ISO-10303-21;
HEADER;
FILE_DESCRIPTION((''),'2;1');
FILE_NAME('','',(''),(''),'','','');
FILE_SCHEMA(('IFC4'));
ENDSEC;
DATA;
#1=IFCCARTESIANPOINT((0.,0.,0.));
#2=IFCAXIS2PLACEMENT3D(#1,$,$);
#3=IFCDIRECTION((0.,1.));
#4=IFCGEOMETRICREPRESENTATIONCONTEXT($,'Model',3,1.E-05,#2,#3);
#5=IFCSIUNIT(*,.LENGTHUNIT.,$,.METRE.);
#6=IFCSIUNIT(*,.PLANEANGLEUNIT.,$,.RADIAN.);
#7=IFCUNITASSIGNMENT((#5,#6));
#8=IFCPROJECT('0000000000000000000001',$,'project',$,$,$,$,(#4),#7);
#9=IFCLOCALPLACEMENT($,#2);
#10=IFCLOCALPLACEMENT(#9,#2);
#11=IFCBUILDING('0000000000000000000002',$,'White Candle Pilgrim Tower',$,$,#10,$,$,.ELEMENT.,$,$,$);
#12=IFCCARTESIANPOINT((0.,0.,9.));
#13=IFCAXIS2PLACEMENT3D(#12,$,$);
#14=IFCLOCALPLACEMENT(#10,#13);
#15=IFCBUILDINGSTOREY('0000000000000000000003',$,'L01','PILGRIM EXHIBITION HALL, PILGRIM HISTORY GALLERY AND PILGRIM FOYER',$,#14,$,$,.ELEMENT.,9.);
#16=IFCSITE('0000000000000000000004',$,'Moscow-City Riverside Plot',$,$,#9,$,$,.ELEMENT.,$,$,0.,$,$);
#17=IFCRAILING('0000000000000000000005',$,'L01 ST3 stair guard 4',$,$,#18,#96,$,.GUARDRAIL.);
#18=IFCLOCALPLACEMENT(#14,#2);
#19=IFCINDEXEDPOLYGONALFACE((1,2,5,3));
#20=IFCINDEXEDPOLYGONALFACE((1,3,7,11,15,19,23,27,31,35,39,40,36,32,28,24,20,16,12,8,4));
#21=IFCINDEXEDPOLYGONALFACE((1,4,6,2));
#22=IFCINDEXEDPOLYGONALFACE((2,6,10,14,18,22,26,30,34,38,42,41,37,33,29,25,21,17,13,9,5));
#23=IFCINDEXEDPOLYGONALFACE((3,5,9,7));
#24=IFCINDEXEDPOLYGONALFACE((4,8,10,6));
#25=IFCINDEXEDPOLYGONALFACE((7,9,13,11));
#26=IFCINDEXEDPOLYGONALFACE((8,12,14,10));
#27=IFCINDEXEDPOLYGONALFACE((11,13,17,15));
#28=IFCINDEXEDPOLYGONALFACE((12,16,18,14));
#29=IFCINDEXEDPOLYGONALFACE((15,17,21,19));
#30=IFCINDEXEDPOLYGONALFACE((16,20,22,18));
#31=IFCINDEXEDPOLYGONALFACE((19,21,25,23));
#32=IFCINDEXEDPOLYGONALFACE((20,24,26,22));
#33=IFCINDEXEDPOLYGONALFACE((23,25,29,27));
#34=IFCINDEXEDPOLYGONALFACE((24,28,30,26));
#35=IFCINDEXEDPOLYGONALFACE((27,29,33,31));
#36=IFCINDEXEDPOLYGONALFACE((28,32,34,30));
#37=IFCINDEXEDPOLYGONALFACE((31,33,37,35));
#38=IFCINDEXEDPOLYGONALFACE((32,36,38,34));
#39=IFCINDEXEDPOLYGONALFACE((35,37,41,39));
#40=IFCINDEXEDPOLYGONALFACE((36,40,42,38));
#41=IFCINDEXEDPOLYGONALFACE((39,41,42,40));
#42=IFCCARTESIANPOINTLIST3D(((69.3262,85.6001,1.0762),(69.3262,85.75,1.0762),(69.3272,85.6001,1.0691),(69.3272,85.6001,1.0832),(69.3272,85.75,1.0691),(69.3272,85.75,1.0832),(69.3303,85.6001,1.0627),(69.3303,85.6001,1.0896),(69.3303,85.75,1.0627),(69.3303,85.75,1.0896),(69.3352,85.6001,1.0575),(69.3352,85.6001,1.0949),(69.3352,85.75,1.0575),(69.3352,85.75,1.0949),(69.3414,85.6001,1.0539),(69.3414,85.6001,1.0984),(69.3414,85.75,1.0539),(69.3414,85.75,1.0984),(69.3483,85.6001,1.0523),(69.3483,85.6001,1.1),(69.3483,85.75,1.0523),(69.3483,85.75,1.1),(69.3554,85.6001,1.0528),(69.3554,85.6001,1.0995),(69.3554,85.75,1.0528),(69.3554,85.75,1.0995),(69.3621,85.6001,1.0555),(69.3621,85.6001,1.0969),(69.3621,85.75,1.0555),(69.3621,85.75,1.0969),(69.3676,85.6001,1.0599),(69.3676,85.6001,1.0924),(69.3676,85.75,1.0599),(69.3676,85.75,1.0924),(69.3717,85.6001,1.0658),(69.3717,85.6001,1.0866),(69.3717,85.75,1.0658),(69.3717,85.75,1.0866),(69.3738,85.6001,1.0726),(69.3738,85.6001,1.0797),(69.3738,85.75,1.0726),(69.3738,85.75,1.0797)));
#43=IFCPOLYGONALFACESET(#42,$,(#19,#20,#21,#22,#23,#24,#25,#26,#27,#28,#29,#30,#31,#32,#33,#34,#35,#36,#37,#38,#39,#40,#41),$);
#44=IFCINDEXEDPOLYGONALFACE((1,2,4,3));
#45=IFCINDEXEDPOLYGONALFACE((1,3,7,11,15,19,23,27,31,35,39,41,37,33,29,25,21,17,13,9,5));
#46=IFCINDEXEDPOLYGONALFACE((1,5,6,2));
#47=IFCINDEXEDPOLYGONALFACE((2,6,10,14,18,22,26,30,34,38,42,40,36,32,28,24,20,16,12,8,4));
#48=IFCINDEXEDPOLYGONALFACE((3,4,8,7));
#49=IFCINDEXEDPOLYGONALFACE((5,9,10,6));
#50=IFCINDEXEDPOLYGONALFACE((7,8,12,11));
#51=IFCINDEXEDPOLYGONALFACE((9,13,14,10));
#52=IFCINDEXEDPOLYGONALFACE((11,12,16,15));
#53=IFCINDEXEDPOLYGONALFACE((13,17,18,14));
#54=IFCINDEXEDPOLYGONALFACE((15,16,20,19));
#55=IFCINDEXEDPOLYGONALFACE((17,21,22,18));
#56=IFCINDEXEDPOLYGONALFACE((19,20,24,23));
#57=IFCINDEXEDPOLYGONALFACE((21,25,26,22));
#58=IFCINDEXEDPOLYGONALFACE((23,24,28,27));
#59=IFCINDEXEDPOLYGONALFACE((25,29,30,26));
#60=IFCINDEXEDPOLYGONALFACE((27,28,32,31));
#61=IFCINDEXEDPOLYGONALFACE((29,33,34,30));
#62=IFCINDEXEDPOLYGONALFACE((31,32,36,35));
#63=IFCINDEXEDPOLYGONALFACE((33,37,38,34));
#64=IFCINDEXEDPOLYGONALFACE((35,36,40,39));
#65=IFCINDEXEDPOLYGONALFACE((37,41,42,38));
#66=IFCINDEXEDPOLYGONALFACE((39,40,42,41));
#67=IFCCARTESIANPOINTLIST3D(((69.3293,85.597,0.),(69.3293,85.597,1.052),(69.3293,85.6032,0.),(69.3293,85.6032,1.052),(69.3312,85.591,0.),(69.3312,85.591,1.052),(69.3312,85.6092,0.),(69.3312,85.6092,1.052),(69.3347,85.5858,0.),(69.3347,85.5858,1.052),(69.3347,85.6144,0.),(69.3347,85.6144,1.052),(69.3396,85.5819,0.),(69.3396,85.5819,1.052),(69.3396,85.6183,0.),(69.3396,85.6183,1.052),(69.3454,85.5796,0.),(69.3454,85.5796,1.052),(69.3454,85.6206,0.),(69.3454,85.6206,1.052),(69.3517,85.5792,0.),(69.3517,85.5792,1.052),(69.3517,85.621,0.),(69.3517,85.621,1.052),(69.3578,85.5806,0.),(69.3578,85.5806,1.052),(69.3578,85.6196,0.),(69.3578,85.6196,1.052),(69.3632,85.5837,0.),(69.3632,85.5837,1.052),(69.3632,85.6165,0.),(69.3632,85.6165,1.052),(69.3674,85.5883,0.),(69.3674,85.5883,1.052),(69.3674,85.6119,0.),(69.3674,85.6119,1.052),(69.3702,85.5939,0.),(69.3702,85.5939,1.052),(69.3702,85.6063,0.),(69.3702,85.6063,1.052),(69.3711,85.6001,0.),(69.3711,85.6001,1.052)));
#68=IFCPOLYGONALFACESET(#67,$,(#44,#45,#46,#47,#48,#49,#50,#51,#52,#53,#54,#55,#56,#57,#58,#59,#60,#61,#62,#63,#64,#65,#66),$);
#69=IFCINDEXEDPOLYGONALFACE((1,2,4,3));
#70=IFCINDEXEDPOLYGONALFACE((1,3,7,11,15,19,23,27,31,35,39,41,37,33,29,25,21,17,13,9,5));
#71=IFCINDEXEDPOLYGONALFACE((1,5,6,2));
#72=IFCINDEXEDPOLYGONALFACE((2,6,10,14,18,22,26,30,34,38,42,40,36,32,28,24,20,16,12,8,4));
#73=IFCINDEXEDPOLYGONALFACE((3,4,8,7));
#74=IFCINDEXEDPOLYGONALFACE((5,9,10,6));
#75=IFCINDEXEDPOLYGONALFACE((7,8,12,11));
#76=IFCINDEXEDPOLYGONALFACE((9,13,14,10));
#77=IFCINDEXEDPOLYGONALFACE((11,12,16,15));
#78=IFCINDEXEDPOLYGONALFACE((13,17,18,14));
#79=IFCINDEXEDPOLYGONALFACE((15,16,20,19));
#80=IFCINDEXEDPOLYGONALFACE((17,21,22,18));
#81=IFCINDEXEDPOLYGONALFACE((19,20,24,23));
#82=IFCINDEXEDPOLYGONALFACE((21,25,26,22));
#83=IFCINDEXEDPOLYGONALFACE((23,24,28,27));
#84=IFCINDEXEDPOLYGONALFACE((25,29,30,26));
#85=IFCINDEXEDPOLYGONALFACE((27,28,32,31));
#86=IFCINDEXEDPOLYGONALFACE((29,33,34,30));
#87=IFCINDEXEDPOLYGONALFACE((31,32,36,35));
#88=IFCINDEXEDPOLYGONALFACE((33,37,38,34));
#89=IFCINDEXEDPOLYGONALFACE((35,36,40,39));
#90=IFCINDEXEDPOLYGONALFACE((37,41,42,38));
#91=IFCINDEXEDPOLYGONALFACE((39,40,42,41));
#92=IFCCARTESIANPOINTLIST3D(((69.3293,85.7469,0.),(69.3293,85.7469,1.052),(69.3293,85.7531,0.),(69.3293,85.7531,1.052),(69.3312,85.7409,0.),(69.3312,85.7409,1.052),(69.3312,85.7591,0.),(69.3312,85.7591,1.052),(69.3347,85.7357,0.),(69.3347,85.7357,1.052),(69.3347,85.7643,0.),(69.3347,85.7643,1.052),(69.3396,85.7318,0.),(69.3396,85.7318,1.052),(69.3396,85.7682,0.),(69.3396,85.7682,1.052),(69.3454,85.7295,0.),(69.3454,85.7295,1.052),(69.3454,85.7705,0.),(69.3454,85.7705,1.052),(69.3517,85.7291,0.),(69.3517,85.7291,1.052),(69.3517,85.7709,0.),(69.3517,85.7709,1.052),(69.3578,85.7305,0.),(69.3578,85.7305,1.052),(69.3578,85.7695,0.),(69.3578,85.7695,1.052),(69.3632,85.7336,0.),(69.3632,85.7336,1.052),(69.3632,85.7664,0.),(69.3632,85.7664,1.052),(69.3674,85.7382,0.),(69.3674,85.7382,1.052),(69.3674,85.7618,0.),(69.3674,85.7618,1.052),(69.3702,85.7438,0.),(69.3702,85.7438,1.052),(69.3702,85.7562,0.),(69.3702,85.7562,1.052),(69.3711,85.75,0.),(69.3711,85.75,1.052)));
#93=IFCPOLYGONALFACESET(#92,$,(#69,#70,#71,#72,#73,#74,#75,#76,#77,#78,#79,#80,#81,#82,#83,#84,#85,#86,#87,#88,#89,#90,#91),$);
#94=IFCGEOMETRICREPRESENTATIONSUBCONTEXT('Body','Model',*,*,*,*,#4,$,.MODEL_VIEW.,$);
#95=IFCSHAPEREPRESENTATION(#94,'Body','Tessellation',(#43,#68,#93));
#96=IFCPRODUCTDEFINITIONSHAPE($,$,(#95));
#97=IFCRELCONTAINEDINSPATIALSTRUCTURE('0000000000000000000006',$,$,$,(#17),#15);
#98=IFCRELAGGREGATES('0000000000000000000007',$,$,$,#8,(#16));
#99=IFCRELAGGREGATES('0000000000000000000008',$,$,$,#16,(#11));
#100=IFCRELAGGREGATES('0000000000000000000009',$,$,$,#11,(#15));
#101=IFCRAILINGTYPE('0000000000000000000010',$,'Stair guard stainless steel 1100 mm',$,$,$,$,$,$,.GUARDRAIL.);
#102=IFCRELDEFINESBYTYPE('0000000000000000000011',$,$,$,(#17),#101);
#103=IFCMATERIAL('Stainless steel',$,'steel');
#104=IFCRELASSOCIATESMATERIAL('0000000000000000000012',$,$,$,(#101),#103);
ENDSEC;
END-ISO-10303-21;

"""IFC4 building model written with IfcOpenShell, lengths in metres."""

from ifc_helpers import new_model, si_unit, direction, frame, origin, origin_2d, place, context, subcontext, project, spatial, circle, extrude, material, type_object, element, save


model = new_model("IFC4")

# Units and contexts
model_context = context("Model", 3, precision=1e-05, world=origin(), true_north=direction((0.0, 1.0)))
body_context = subcontext(model_context, "Body", "Model", "MODEL_VIEW")
ifc_project = project(units=[si_unit("LENGTHUNIT", "METRE"), si_unit("PLANEANGLEUNIT", "RADIAN")], contexts=[model_context])

# Site, building, storey
site_placement = place(None, origin())
site = spatial("IfcSite", under=ifc_project, at=site_placement, Name="Moscow-City Riverside Plot", CompositionType="ELEMENT", RefElevation=0.0)
building_placement = place(site_placement, origin())
building = spatial("IfcBuilding", under=site, at=building_placement, Name="White Candle Pilgrim Tower", CompositionType="ELEMENT")
storey_placement = place(building_placement, frame((0.0, 0.0, 9.0)))
storey = spatial("IfcBuildingStorey", under=building, at=storey_placement, Name="L01", Description="PILGRIM EXHIBITION HALL, PILGRIM HISTORY GALLERY AND PILGRIM FOYER", CompositionType="ELEMENT", Elevation=9.0)

# Railing
ifc_material_1 = material(Name="Stainless steel", Category="steel")
railing_type_1 = type_object("IfcRailingType", Name="Stair guard stainless steel 1100 mm", PredefinedType="GUARDRAIL", material=ifc_material_1)
railing_1_placement = place(storey_placement, frame((69.3501, 85.6001, 0.0)))
element("IfcRailing", 1, at=railing_1_placement, inside=storey, type_object=railing_type_1, Name="L01 ST3 stair guard 4", PredefinedType="GUARDRAIL", context=body_context, shape_type="SweptSolid", body=[
    extrude(circle(Radius=0.0239, at=origin_2d()), frame((0.0, 0.0, 1.0762), z_axis=(0.0, 1.0, 0.0), x_axis=(-1.0, 0.0, 0.0)), (0.0, 0.0, 1.0), 0.1499),
    extrude(circle(Radius=0.021, at=origin_2d()), origin(), (0.0, 0.0, 1.0), 1.052),
    extrude(circle(Radius=0.021, at=origin_2d()), frame((0.0, 0.1499, 0.0)), (0.0, 0.0, 1.0), 1.052),
])

save(model, "model.ifc")
